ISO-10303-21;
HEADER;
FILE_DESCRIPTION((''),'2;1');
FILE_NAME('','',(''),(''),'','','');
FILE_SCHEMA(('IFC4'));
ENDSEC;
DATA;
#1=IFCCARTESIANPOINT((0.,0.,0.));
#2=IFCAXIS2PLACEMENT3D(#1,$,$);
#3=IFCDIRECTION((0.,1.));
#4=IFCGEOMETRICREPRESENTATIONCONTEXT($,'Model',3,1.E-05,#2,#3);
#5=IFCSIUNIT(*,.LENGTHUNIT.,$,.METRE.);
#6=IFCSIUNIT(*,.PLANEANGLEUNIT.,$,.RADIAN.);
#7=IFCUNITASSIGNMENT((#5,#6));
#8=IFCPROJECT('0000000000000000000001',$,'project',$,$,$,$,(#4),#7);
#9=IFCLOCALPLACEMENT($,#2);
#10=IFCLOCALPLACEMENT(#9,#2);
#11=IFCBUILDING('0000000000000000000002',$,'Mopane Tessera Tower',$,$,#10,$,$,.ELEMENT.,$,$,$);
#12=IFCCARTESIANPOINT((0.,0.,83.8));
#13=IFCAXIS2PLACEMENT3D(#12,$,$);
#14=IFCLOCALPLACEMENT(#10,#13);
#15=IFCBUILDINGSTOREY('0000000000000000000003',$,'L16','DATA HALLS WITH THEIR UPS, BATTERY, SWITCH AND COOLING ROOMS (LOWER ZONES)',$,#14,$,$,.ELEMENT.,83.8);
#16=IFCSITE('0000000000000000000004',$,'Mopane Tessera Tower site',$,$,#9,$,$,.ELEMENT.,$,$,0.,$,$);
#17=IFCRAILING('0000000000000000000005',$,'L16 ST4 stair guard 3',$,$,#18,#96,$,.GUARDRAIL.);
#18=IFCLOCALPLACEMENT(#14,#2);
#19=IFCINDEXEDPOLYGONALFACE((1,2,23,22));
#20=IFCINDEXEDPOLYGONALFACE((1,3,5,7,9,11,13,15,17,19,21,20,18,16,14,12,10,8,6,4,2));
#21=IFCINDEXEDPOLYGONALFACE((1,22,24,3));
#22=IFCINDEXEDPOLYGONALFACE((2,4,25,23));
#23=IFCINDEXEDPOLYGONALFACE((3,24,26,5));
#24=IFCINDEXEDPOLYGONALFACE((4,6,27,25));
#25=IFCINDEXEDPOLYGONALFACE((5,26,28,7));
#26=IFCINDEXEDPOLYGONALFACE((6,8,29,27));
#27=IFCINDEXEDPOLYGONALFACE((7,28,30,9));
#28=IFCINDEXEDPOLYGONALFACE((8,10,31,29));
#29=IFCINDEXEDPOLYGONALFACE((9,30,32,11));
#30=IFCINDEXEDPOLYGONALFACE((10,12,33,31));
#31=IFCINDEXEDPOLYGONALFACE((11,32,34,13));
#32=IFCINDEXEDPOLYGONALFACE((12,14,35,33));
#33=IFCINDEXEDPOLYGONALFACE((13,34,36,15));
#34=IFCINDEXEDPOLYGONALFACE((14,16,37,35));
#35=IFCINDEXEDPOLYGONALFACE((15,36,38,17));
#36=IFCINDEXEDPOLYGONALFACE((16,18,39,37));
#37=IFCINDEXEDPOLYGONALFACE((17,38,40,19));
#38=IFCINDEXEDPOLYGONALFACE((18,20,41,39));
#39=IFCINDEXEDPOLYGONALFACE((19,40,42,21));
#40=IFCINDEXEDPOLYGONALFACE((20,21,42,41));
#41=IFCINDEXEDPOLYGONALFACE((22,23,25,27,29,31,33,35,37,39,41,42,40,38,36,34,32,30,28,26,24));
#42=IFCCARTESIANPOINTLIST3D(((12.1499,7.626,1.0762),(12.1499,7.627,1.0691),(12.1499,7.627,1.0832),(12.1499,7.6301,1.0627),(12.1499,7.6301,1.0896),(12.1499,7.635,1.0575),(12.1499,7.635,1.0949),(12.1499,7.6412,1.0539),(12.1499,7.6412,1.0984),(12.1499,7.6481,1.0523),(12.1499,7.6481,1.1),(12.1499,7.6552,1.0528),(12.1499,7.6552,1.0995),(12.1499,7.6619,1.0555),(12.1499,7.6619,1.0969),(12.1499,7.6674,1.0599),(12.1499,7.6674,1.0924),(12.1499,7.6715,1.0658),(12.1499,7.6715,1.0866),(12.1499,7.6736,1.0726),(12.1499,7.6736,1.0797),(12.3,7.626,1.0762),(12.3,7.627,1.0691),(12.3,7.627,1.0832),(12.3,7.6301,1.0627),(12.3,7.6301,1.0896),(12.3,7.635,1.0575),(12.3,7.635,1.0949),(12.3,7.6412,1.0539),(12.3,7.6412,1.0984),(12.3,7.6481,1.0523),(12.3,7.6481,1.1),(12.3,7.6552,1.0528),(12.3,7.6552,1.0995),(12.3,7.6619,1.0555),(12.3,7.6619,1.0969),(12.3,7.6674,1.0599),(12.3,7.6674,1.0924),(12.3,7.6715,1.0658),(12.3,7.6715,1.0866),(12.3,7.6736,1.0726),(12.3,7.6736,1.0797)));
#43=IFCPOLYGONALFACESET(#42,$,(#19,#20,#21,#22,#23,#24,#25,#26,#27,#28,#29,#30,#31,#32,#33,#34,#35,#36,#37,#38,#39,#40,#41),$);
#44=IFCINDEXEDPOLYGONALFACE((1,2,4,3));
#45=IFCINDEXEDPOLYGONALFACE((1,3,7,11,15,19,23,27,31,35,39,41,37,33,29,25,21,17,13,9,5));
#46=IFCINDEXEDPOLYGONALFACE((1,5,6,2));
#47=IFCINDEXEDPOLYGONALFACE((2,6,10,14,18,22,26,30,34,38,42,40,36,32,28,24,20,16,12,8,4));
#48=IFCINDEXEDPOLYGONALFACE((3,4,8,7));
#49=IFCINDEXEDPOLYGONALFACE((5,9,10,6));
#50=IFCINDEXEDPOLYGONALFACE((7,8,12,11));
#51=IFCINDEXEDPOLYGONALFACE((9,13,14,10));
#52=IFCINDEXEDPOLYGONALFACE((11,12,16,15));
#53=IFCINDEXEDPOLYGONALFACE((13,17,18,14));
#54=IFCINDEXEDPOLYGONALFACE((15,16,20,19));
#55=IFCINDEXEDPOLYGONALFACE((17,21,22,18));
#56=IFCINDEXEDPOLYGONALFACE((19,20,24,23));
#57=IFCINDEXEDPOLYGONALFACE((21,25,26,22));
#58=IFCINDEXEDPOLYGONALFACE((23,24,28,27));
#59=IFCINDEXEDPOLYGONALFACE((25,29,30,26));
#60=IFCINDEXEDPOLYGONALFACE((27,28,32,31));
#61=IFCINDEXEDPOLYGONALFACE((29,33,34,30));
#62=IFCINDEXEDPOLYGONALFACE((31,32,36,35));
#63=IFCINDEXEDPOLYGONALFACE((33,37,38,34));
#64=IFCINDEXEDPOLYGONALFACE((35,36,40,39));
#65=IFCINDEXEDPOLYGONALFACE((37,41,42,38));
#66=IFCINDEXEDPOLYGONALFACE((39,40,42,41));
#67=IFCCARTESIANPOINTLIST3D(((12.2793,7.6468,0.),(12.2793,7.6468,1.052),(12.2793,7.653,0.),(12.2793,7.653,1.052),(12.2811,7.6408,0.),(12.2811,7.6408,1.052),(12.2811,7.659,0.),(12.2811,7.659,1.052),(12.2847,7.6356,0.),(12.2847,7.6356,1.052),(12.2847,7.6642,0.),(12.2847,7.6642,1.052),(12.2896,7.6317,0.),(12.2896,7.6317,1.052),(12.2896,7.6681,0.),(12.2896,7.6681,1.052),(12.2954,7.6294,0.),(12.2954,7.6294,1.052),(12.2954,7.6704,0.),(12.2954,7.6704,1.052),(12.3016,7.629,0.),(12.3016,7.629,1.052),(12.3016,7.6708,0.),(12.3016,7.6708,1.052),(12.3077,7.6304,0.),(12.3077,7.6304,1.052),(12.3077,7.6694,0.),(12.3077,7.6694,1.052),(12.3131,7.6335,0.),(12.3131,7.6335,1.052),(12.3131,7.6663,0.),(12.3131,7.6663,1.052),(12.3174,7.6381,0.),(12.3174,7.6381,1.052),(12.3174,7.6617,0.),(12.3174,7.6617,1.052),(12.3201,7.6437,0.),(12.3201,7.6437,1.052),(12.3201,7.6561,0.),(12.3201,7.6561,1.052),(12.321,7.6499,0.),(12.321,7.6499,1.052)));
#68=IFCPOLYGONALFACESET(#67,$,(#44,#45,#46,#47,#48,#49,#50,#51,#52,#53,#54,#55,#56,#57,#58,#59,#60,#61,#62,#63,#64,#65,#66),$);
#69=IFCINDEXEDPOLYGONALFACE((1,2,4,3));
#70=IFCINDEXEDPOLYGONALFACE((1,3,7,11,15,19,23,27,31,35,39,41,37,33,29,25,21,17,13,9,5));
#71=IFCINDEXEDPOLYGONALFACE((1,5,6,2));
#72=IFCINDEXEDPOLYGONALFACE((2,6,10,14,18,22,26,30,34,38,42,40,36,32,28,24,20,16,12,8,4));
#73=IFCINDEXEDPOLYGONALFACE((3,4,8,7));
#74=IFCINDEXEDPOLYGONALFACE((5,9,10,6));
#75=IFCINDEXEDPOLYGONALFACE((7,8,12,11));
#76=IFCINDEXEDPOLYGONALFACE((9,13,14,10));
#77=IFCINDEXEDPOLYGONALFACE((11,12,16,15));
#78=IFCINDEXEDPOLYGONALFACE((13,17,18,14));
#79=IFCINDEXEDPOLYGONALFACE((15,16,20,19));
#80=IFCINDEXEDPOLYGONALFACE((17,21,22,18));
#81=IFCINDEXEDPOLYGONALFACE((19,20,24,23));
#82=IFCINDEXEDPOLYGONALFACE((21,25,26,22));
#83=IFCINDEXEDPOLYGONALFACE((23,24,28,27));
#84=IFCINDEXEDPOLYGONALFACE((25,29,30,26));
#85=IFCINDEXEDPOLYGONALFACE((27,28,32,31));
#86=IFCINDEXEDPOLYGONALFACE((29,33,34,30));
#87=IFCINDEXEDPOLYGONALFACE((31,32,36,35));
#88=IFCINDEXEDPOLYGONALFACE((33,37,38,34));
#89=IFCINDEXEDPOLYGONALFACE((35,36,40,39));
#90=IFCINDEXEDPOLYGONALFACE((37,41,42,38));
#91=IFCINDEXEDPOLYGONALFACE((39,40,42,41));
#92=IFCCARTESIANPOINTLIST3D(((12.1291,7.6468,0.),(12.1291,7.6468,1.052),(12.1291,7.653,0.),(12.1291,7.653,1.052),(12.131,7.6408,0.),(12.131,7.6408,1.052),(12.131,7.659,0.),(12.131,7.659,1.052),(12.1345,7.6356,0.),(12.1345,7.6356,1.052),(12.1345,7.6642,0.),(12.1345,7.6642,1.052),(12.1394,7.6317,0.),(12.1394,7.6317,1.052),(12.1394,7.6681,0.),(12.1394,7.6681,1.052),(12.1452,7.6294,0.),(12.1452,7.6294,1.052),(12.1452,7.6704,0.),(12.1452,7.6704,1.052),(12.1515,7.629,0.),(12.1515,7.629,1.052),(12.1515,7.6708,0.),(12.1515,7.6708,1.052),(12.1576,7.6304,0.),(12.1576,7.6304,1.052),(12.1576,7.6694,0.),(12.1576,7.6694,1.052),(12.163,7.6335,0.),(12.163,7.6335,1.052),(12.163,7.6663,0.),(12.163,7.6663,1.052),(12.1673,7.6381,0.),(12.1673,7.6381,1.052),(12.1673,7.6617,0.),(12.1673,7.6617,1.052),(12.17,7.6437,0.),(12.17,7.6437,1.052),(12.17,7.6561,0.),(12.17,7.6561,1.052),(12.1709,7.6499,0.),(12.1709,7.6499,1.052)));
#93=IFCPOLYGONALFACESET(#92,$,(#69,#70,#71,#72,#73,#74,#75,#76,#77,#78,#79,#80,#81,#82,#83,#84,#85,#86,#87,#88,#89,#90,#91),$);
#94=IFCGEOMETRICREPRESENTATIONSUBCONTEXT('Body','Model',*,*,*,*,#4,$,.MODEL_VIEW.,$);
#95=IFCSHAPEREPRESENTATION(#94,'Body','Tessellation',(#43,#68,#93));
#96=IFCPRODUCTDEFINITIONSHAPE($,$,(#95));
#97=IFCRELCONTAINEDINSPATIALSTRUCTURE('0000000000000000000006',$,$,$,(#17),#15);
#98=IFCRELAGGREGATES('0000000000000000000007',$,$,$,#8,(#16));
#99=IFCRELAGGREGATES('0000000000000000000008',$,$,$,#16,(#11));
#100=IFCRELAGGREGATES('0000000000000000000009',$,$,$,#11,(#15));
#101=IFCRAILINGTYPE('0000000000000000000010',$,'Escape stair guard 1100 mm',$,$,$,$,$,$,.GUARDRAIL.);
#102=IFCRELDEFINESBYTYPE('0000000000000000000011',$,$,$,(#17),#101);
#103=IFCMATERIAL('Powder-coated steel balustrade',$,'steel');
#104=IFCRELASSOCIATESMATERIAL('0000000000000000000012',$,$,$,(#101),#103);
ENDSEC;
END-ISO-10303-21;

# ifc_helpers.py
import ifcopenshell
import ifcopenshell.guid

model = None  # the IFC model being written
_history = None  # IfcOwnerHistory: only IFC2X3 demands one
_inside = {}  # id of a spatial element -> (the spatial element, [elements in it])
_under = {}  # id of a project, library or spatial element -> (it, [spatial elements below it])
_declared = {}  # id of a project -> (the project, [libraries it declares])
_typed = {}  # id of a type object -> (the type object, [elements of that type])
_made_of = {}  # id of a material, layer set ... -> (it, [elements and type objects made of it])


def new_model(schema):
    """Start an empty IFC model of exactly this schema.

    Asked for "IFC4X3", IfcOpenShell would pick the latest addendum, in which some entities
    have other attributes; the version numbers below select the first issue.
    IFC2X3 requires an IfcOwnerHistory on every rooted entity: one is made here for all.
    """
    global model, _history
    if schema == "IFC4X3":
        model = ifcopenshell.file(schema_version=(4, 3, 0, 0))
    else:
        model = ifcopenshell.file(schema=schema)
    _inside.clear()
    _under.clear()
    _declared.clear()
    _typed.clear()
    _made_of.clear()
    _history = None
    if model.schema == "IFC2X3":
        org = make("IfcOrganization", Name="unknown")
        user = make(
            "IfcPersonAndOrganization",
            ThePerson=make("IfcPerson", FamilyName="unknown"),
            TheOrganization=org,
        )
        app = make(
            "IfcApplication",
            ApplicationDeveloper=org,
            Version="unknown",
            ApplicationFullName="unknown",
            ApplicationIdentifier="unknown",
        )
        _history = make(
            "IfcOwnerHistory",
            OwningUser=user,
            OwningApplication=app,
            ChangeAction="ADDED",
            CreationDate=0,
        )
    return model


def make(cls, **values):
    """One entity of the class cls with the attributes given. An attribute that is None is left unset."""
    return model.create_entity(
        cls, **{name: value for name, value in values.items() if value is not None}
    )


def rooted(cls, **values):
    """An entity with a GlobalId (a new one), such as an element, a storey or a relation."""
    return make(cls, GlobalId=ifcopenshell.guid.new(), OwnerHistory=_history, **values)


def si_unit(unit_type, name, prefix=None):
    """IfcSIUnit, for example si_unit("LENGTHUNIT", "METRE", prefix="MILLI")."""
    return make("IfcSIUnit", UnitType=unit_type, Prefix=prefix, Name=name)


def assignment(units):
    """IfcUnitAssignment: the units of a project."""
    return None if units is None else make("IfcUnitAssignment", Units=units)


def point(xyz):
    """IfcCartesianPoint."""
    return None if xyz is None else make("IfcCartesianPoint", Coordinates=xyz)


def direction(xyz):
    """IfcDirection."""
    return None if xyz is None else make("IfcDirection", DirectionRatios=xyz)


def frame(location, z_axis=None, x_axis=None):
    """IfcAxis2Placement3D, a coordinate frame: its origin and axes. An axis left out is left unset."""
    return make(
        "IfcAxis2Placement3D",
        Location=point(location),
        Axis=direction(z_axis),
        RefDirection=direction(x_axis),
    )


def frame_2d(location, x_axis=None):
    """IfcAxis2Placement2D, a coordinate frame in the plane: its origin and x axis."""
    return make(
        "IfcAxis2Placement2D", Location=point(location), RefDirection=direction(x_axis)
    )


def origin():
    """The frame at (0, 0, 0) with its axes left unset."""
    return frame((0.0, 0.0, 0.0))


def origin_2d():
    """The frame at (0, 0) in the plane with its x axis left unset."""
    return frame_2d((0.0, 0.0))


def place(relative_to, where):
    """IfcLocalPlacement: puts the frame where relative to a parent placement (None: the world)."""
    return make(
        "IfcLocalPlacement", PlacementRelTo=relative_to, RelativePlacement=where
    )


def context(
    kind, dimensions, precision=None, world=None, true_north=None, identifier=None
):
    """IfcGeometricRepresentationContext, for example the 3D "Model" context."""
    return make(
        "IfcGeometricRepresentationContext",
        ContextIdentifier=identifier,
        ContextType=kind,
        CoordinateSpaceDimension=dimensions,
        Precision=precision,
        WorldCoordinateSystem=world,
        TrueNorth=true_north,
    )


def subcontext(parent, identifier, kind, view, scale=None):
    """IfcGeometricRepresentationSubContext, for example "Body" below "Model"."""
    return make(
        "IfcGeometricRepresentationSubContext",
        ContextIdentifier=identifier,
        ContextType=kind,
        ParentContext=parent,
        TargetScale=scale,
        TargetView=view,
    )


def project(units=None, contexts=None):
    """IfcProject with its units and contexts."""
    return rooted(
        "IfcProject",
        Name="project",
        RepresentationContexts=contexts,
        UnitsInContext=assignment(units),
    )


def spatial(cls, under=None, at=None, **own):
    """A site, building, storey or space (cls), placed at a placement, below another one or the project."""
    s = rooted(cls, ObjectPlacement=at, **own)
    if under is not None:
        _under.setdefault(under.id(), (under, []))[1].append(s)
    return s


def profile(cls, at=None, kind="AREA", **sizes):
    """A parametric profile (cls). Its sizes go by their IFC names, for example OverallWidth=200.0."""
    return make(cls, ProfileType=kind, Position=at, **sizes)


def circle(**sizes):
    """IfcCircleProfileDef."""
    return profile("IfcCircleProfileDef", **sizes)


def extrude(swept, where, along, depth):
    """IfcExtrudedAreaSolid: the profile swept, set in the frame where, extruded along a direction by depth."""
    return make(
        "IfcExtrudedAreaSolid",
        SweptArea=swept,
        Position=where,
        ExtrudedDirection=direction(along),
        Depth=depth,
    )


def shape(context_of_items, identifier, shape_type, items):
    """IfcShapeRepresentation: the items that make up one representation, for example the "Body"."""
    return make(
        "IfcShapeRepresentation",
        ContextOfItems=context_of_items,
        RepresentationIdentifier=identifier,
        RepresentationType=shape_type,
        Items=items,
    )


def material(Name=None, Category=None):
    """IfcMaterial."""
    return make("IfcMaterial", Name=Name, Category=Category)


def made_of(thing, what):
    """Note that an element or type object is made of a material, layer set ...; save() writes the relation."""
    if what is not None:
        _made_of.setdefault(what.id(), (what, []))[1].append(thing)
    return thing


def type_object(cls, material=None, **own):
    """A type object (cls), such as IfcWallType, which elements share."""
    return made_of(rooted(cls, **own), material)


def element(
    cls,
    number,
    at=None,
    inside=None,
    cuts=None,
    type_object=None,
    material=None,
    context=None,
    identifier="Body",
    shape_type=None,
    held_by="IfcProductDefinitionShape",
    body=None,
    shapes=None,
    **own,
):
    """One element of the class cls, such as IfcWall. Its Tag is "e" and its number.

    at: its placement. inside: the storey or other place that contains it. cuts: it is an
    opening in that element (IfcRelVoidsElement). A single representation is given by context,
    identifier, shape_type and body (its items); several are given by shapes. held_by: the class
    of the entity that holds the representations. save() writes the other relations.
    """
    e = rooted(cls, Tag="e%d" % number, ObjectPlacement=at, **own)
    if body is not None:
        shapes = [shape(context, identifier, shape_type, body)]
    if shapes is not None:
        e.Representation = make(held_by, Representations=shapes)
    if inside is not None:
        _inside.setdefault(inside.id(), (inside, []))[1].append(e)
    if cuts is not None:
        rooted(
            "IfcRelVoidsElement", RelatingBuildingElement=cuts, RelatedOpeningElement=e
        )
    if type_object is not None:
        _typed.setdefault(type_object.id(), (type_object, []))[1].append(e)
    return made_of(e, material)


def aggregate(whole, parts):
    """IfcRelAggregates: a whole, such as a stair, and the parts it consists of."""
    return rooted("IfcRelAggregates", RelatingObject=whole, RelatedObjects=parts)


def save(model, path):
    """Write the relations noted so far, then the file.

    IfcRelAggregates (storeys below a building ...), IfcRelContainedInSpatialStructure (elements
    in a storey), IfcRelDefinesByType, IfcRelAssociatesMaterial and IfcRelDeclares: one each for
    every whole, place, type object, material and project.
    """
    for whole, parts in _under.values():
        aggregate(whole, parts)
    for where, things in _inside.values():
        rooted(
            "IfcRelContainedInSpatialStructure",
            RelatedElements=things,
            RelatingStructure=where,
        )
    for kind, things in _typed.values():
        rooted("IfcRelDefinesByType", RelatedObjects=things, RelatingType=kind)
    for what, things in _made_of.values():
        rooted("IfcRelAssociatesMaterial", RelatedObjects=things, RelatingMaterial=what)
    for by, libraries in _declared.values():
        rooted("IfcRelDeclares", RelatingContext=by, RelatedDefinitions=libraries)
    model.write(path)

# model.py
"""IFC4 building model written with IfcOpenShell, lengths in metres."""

from ifc_helpers import new_model, si_unit, direction, frame, origin, origin_2d, place, context, subcontext, project, spatial, circle, extrude, material, type_object, element, save


model = new_model("IFC4")

# Units and contexts
model_context = context("Model", 3, precision=1e-05, world=origin(), true_north=direction((0.0, 1.0)))
body_context = subcontext(model_context, "Body", "Model", "MODEL_VIEW")
ifc_project = project(units=[si_unit("LENGTHUNIT", "METRE"), si_unit("PLANEANGLEUNIT", "RADIAN")], contexts=[model_context])

# Site, building, storey
site_placement = place(None, origin())
site = spatial("IfcSite", under=ifc_project, at=site_placement, Name="Mopane Tessera Tower site", CompositionType="ELEMENT", RefElevation=0.0)
building_placement = place(site_placement, origin())
building = spatial("IfcBuilding", under=site, at=building_placement, Name="Mopane Tessera Tower", CompositionType="ELEMENT")
storey_placement = place(building_placement, frame((0.0, 0.0, 83.8)))
storey = spatial("IfcBuildingStorey", under=building, at=storey_placement, Name="L16", Description="DATA HALLS WITH THEIR UPS, BATTERY, SWITCH AND COOLING ROOMS (LOWER ZONES)", CompositionType="ELEMENT", Elevation=83.8)

# Railing
ifc_material_1 = material(Name="Powder-coated steel balustrade", Category="steel")
railing_type_1 = type_object("IfcRailingType", Name="Escape stair guard 1100 mm", PredefinedType="GUARDRAIL", material=ifc_material_1)
railing_1_placement = place(storey_placement, frame((12.3, 7.6499, 0.0)))
element("IfcRailing", 1, at=railing_1_placement, inside=storey, type_object=railing_type_1, Name="L16 ST4 stair guard 3", PredefinedType="GUARDRAIL", context=body_context, shape_type="SweptSolid", body=[
    extrude(circle(Radius=0.0239, at=origin_2d()), frame((0.0, 0.0, 1.0762), z_axis=(-1.0, 0.0, 0.0), x_axis=(0.0, -1.0, 0.0)), (0.0, 0.0, 1.0), 0.1501),
    extrude(circle(Radius=0.021, at=origin_2d()), origin(), (0.0, 0.0, 1.0), 1.052),
    extrude(circle(Radius=0.021, at=origin_2d()), frame((-0.1501, 0.0, 0.0)), (0.0, 0.0, 1.0), 1.052),
])

save(model, "model.ifc")
